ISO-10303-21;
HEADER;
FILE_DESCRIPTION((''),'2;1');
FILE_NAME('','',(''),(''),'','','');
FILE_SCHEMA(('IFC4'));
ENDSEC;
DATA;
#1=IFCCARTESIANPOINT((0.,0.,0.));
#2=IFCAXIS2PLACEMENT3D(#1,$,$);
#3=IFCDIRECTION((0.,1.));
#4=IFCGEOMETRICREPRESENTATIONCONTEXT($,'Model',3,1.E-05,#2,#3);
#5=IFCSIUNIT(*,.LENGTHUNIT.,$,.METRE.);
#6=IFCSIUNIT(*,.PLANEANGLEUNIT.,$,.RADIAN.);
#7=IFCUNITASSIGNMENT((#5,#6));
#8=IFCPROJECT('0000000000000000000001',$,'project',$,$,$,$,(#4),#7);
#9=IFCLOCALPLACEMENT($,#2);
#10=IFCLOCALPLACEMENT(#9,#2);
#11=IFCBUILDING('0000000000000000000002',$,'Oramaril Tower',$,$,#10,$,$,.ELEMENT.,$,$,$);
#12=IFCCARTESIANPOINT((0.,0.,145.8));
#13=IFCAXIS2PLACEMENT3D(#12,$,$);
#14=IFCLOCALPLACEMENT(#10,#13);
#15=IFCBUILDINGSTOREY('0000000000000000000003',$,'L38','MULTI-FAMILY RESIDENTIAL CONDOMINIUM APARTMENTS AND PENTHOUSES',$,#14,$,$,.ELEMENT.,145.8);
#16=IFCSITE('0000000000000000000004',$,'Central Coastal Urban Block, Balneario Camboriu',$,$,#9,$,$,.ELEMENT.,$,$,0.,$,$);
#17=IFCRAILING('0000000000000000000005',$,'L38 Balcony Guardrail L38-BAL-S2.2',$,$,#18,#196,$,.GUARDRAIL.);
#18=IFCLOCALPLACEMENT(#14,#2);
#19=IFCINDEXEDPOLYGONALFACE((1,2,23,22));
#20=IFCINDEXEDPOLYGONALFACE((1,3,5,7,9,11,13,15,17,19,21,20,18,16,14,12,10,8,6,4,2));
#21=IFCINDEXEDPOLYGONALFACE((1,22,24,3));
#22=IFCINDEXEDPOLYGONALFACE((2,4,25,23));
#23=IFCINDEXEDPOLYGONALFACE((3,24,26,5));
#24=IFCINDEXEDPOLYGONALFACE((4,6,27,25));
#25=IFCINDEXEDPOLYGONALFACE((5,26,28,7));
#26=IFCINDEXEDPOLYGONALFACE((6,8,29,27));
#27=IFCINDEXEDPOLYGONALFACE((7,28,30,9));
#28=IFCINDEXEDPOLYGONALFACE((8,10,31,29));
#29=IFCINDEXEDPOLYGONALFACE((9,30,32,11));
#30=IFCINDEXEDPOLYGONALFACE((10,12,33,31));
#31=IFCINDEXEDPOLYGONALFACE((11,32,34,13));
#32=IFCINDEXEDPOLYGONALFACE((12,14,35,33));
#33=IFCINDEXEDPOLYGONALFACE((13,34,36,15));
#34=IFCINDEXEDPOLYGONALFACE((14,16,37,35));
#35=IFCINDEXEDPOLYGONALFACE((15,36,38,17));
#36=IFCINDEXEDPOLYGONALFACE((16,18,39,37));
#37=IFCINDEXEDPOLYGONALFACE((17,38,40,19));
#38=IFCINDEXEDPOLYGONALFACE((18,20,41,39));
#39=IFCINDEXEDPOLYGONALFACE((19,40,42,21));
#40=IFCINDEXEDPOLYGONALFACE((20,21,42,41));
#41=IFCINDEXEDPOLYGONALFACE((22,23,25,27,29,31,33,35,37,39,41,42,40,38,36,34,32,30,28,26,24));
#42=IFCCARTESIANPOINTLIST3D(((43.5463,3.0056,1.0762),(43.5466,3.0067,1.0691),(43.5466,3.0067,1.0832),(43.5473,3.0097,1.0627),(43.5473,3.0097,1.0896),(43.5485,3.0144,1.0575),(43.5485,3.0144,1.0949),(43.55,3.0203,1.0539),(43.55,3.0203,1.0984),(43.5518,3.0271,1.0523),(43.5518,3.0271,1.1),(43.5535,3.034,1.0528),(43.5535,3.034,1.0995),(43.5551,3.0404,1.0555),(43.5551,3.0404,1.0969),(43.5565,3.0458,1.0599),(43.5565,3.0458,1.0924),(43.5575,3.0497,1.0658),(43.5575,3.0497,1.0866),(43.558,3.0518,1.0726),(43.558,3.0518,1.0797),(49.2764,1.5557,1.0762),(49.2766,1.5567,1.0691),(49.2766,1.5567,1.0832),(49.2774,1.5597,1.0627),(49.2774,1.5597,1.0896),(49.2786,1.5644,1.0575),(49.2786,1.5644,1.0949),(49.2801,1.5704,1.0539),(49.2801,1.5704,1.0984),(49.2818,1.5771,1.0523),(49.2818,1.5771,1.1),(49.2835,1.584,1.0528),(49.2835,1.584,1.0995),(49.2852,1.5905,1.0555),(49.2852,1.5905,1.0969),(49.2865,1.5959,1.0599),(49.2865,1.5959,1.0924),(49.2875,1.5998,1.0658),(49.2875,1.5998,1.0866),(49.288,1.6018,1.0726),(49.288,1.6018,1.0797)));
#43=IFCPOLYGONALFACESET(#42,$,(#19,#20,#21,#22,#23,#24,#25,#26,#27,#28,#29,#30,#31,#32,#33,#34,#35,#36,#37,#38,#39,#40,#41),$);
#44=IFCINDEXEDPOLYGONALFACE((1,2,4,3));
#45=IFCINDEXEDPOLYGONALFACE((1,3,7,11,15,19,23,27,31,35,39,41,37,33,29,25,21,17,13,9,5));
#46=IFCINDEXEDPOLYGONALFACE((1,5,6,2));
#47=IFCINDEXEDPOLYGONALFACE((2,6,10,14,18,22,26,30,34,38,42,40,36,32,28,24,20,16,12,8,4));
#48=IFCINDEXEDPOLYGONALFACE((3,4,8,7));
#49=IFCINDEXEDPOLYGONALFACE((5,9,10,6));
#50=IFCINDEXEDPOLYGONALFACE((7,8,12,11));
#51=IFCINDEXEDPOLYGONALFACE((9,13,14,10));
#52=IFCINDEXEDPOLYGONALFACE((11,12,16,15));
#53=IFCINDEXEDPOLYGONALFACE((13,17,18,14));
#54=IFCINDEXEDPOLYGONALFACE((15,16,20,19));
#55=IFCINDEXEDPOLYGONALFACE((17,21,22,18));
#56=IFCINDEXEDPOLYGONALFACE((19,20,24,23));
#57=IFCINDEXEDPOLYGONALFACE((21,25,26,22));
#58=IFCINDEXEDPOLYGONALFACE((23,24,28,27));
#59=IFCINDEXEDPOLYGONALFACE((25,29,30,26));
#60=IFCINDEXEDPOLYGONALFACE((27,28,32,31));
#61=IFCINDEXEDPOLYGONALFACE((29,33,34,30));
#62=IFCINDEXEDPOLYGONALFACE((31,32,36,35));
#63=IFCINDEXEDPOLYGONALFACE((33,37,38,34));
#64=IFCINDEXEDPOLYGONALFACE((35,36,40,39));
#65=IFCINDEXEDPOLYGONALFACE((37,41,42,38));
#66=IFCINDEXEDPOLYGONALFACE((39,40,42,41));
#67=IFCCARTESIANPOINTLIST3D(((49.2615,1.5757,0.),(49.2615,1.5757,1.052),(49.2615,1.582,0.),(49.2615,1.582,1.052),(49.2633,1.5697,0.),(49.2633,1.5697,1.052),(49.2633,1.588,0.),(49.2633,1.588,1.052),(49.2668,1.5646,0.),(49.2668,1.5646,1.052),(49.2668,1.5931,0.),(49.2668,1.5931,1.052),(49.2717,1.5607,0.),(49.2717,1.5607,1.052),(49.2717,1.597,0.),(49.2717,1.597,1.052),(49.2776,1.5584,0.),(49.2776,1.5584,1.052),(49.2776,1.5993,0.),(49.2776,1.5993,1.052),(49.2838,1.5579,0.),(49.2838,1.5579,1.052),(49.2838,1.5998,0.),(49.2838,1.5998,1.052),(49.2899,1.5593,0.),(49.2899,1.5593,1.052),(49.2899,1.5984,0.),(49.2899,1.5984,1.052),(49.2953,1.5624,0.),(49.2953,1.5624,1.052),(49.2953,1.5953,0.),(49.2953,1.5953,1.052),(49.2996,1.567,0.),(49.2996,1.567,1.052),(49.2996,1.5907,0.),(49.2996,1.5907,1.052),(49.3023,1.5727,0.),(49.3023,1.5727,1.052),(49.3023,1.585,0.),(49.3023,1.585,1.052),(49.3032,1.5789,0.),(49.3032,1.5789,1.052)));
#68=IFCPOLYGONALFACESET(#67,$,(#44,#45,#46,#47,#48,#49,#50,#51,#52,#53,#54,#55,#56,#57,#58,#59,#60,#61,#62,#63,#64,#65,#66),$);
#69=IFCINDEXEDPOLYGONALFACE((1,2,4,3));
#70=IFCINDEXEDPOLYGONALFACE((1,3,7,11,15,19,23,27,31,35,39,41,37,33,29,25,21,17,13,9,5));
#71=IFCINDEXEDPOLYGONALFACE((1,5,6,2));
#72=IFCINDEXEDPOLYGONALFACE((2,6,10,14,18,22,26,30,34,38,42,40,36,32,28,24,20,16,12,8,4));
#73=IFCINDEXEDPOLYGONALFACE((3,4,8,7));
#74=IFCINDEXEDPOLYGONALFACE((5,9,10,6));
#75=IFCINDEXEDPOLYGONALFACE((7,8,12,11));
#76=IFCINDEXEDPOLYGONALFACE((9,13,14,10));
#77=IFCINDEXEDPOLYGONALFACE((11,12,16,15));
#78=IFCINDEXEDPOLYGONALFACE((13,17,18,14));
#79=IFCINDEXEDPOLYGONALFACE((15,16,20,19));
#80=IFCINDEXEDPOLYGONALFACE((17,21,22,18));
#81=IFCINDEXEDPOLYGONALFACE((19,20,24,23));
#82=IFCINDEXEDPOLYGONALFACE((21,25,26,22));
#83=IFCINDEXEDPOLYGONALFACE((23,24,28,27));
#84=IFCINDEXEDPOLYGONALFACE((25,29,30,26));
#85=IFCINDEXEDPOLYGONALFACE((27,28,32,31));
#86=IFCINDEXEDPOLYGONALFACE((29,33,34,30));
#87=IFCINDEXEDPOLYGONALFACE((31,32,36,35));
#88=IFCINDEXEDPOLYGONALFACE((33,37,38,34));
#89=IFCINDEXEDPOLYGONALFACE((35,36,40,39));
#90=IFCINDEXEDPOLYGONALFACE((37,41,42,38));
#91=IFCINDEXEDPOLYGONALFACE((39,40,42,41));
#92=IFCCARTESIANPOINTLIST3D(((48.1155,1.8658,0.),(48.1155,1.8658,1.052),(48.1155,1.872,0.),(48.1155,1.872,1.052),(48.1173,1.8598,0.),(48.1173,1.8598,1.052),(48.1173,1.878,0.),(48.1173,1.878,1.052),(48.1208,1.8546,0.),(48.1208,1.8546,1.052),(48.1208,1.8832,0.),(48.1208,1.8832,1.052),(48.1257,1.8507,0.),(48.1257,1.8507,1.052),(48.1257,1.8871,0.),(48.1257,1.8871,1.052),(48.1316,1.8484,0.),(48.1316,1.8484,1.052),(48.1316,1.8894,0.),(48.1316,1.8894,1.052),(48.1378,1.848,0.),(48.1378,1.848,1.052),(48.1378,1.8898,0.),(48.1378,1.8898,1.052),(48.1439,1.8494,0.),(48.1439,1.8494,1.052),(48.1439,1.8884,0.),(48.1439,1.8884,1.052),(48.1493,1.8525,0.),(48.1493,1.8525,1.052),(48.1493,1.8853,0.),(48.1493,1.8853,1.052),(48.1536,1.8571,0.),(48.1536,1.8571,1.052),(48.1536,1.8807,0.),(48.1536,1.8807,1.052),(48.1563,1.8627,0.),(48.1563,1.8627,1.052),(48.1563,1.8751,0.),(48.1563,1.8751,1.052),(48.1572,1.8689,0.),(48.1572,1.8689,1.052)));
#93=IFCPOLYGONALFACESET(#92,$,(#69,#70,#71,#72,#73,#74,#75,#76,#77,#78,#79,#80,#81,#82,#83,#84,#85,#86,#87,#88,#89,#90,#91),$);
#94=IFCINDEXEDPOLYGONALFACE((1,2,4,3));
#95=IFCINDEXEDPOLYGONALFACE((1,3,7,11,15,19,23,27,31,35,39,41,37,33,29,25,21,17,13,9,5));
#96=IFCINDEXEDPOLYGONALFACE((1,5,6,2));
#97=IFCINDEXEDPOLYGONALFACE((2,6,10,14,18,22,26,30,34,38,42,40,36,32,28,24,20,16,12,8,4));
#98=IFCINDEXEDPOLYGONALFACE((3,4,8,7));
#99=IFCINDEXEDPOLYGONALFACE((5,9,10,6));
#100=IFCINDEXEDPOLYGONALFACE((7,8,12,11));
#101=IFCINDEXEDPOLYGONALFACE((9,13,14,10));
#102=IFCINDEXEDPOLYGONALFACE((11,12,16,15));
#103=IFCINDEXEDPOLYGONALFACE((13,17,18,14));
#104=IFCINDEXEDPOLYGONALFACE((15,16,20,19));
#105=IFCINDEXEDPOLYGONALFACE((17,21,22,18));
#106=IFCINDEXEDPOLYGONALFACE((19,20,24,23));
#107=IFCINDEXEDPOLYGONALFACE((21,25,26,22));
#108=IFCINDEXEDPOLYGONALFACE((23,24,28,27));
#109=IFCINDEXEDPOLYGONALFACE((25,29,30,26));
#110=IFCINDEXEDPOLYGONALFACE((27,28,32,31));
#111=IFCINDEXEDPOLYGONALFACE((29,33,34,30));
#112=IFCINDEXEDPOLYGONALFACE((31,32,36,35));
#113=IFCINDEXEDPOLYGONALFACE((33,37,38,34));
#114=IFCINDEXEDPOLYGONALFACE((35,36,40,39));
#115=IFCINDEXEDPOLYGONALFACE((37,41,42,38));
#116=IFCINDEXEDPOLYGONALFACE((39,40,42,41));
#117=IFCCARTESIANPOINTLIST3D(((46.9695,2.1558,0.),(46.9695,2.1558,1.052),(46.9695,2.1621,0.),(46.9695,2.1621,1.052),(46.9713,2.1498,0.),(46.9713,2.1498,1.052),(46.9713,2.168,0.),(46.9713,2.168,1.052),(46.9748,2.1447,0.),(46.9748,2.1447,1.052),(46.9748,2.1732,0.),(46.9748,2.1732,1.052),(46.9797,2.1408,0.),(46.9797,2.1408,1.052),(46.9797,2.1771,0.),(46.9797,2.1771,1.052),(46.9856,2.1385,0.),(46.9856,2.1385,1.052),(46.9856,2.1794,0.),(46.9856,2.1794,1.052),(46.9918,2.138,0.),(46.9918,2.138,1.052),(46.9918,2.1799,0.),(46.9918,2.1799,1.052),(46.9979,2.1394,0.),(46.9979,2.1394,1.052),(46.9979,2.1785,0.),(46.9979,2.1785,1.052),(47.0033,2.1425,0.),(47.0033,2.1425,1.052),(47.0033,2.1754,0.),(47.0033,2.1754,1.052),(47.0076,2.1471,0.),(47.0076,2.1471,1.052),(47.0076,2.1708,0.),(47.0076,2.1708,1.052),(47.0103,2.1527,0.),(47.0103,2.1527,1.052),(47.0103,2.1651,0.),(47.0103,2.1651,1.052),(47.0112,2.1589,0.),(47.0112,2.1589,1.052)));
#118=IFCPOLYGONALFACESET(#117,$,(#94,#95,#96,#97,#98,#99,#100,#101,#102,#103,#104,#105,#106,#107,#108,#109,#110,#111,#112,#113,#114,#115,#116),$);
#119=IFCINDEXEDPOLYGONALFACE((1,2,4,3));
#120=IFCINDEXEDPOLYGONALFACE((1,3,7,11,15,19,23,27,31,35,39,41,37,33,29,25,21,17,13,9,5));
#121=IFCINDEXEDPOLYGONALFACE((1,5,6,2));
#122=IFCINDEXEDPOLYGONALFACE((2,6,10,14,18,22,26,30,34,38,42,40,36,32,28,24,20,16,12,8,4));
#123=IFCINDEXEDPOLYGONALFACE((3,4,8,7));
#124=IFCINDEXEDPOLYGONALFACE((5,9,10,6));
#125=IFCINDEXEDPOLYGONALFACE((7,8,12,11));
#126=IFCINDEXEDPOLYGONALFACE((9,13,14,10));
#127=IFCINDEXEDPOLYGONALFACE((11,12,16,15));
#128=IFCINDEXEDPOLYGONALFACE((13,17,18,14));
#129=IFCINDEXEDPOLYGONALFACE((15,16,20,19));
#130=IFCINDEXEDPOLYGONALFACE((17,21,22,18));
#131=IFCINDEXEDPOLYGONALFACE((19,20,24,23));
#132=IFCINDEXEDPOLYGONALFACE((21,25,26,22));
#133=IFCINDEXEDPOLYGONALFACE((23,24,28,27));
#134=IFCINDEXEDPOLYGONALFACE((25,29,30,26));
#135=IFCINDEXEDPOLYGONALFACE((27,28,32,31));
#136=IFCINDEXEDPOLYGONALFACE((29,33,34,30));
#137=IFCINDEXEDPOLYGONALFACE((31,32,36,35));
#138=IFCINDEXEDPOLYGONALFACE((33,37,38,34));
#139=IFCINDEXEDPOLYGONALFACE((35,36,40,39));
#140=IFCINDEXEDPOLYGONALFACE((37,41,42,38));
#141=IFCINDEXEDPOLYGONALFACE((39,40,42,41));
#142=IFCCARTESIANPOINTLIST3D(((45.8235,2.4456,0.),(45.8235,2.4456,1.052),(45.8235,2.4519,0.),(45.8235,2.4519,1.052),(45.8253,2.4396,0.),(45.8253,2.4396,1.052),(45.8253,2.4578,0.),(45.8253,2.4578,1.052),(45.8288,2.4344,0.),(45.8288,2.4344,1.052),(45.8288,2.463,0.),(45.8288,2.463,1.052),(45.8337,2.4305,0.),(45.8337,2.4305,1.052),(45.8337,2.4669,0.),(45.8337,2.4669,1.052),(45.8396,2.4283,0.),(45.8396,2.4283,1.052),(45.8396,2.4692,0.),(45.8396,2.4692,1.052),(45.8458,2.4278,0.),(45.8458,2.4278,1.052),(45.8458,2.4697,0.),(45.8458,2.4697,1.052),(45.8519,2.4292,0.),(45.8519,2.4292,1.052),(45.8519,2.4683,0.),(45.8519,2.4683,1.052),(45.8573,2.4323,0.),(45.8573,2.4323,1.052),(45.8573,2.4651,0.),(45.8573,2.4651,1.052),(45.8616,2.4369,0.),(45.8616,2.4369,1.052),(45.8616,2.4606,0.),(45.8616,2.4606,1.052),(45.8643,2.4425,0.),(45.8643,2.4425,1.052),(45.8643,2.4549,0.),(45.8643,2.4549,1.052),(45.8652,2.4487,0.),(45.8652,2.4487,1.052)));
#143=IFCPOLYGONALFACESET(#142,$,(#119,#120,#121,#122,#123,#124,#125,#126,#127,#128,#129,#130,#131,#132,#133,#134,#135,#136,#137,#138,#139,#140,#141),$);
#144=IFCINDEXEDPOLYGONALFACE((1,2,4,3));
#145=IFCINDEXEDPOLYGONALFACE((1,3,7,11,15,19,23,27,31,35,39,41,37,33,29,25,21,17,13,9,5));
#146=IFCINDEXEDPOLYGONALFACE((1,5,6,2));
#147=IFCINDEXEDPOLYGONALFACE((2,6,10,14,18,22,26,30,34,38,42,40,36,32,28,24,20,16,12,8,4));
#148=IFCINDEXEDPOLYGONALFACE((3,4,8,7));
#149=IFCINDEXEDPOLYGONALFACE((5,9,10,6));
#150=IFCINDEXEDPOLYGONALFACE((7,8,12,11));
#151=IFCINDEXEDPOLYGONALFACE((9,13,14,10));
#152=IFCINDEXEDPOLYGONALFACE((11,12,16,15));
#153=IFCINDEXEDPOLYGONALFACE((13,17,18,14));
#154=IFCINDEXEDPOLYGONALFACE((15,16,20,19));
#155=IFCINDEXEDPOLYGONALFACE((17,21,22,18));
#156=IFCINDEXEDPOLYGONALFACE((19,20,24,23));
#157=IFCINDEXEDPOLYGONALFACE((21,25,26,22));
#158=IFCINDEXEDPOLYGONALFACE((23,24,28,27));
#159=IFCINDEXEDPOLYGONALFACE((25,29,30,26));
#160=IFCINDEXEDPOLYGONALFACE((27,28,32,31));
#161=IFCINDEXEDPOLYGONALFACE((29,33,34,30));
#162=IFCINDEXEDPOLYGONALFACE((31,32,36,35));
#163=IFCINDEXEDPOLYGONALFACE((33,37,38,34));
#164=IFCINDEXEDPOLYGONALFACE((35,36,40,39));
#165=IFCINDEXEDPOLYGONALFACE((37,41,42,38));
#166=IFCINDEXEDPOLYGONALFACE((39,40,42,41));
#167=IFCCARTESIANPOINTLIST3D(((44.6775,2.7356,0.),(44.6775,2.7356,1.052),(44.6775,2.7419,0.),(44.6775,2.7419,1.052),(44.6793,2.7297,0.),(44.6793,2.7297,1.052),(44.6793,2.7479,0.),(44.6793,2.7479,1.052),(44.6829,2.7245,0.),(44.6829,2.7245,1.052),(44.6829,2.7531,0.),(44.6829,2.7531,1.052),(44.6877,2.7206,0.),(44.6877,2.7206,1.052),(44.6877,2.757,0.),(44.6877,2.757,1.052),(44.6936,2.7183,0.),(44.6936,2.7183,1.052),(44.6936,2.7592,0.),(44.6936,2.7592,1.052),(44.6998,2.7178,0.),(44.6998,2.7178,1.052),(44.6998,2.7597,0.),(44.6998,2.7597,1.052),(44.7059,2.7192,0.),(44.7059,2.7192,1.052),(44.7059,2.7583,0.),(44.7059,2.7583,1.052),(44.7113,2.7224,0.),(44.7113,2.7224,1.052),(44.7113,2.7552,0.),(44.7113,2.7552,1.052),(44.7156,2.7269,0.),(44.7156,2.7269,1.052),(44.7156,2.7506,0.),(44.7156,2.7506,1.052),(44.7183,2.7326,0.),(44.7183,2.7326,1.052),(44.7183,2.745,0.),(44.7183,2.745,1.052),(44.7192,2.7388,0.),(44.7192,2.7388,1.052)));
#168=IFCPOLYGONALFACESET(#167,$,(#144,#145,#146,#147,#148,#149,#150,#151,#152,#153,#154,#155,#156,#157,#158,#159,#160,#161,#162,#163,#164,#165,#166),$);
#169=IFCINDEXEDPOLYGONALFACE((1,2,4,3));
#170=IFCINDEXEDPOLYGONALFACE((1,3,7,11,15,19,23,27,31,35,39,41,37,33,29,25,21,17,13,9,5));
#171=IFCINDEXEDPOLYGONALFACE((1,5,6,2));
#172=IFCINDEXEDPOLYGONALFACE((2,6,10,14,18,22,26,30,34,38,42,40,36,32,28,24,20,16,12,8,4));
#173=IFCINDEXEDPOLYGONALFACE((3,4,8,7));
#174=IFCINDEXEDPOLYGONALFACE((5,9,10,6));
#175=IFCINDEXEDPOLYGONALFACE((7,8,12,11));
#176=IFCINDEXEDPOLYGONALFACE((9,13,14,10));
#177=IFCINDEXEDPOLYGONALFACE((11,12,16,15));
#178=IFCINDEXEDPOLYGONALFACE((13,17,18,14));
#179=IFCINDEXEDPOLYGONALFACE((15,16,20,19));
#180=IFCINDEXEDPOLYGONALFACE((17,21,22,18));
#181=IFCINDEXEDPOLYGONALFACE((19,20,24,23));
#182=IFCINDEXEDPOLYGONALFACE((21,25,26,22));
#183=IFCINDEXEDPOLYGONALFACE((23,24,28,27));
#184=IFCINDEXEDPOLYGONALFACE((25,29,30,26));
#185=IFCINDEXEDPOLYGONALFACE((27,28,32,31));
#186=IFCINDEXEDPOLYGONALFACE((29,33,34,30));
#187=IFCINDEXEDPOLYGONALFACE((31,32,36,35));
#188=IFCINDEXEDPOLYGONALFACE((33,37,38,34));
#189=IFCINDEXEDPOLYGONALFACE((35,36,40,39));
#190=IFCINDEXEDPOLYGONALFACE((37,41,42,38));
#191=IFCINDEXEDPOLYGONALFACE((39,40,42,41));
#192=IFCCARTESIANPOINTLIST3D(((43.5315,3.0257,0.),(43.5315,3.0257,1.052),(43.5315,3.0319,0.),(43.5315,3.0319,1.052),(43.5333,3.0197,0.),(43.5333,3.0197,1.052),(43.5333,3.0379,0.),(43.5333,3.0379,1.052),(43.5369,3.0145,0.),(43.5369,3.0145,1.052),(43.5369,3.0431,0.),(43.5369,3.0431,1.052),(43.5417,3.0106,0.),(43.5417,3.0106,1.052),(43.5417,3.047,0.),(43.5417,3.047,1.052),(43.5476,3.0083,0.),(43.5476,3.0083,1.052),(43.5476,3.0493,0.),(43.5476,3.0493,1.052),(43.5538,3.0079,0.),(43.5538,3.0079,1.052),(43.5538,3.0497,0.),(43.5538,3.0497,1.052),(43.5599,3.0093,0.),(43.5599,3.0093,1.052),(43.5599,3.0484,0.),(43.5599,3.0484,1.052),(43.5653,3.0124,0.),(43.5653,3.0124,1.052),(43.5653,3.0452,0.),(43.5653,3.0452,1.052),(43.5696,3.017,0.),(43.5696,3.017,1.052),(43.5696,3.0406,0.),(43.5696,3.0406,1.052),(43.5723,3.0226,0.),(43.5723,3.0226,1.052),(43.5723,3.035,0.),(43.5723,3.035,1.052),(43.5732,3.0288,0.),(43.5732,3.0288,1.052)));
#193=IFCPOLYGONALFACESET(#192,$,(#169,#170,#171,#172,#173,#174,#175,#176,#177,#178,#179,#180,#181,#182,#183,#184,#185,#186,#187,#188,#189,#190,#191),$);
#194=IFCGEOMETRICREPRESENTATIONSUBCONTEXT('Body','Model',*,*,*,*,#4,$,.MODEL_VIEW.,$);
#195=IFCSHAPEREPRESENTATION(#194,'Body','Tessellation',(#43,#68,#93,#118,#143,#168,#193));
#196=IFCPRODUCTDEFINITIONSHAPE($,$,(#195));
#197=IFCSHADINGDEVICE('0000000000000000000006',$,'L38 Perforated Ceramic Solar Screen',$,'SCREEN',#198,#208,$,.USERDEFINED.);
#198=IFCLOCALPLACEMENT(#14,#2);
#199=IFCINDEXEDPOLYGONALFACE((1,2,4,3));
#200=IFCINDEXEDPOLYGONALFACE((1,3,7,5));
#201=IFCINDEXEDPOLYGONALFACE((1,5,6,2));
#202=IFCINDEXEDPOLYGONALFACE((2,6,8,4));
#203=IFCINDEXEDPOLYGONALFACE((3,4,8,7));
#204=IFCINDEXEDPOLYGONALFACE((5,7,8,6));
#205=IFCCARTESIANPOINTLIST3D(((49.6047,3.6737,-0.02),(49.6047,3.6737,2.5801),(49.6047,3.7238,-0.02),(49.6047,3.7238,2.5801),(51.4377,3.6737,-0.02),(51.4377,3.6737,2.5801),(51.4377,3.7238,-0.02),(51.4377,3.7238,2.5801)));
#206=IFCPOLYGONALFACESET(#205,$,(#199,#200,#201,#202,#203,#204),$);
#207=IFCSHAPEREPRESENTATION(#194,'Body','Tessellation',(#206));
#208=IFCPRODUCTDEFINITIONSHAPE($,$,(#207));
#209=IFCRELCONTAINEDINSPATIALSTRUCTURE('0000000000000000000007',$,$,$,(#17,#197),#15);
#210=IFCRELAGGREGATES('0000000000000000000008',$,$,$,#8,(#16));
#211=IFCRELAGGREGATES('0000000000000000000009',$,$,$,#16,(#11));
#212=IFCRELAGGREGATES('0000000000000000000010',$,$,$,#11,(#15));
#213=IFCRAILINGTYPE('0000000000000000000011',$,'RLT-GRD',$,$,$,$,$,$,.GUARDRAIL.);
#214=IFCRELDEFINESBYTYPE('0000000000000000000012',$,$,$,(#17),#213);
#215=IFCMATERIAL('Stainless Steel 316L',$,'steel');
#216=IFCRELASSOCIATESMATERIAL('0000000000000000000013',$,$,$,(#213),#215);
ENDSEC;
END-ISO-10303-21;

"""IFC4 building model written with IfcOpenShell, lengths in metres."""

from ifc_helpers import new_model, si_unit, direction, frame, origin, origin_2d, place, context, subcontext, project, spatial, rectangle, circle, extrude, material, type_object, element, save


model = new_model("IFC4")

# Units and contexts
model_context = context("Model", 3, precision=1e-05, world=origin(), true_north=direction((0.0, 1.0)))
body_context = subcontext(model_context, "Body", "Model", "MODEL_VIEW")
ifc_project = project(units=[si_unit("LENGTHUNIT", "METRE"), si_unit("PLANEANGLEUNIT", "RADIAN")], contexts=[model_context])

# Site, building, storey
site_placement = place(None, origin())
site = spatial("IfcSite", under=ifc_project, at=site_placement, Name="Central Coastal Urban Block, Balneario Camboriu", CompositionType="ELEMENT", RefElevation=0.0)
building_placement = place(site_placement, origin())
building = spatial("IfcBuilding", under=site, at=building_placement, Name="Oramaril Tower", CompositionType="ELEMENT")
storey_placement = place(building_placement, frame((0.0, 0.0, 145.8)))
storey = spatial("IfcBuildingStorey", under=building, at=storey_placement, Name="L38", Description="MULTI-FAMILY RESIDENTIAL CONDOMINIUM APARTMENTS AND PENTHOUSES", CompositionType="ELEMENT", Elevation=145.8)

# Railing
ifc_material_1 = material(Name="Stainless Steel 316L", Category="steel")
railing_type = type_object("IfcRailingType", Name="RLT-GRD", PredefinedType="GUARDRAIL", material=ifc_material_1)
railing_1_placement = place(storey_placement, frame((49.2822, 1.5789, 0.0)))
element("IfcRailing", 1, at=railing_1_placement, inside=storey, type_object=railing_type, Name="L38 Balcony Guardrail L38-BAL-S2.2", PredefinedType="GUARDRAIL", context=body_context, shape_type="SweptSolid", body=[
    extrude(circle(Radius=0.0239, at=origin_2d()), frame((0.0, 0.0, 1.0762), z_axis=(-0.969444, 0.245314, 0.0), x_axis=(-0.245314, -0.969444, 0.0)), (0.0, 0.0, 1.0), 5.9106),
    extrude(circle(Radius=0.021, at=origin_2d()), origin(), (0.0, 0.0, 1.0), 1.052),
    extrude(circle(Radius=0.021, at=origin_2d()), frame((-1.146, 0.29, 0.0)), (0.0, 0.0, 1.0), 1.052),
    extrude(circle(Radius=0.021, at=origin_2d()), frame((-2.292, 0.5801, 0.0)), (0.0, 0.0, 1.0), 1.052),
    extrude(circle(Radius=0.021, at=origin_2d()), frame((-3.438, 0.8699, 0.0)), (0.0, 0.0, 1.0), 1.052),
    extrude(circle(Radius=0.021, at=origin_2d()), frame((-4.584, 1.1599, 0.0)), (0.0, 0.0, 1.0), 1.052),
    extrude(circle(Radius=0.021, at=origin_2d()), frame((-5.73, 1.45, 0.0)), (0.0, 0.0, 1.0), 1.052),
])

# Shading device
shading_device_placement = place(storey_placement, frame((50.5212, 3.6987, -0.02), z_axis=(0.0, 0.0, 1.0), x_axis=(1.0, 0.0, 0.0)))
element("IfcShadingDevice", 2, at=shading_device_placement, inside=storey, Name="L38 Perforated Ceramic Solar Screen", ObjectType="SCREEN", PredefinedType="USERDEFINED", context=body_context, shape_type="SweptSolid", body=[
    extrude(rectangle(XDim=1.833, YDim=0.05, at=origin_2d()), origin(), (0.0, 0.0, 1.0), 2.6001),
])

save(model, "model.ifc")
